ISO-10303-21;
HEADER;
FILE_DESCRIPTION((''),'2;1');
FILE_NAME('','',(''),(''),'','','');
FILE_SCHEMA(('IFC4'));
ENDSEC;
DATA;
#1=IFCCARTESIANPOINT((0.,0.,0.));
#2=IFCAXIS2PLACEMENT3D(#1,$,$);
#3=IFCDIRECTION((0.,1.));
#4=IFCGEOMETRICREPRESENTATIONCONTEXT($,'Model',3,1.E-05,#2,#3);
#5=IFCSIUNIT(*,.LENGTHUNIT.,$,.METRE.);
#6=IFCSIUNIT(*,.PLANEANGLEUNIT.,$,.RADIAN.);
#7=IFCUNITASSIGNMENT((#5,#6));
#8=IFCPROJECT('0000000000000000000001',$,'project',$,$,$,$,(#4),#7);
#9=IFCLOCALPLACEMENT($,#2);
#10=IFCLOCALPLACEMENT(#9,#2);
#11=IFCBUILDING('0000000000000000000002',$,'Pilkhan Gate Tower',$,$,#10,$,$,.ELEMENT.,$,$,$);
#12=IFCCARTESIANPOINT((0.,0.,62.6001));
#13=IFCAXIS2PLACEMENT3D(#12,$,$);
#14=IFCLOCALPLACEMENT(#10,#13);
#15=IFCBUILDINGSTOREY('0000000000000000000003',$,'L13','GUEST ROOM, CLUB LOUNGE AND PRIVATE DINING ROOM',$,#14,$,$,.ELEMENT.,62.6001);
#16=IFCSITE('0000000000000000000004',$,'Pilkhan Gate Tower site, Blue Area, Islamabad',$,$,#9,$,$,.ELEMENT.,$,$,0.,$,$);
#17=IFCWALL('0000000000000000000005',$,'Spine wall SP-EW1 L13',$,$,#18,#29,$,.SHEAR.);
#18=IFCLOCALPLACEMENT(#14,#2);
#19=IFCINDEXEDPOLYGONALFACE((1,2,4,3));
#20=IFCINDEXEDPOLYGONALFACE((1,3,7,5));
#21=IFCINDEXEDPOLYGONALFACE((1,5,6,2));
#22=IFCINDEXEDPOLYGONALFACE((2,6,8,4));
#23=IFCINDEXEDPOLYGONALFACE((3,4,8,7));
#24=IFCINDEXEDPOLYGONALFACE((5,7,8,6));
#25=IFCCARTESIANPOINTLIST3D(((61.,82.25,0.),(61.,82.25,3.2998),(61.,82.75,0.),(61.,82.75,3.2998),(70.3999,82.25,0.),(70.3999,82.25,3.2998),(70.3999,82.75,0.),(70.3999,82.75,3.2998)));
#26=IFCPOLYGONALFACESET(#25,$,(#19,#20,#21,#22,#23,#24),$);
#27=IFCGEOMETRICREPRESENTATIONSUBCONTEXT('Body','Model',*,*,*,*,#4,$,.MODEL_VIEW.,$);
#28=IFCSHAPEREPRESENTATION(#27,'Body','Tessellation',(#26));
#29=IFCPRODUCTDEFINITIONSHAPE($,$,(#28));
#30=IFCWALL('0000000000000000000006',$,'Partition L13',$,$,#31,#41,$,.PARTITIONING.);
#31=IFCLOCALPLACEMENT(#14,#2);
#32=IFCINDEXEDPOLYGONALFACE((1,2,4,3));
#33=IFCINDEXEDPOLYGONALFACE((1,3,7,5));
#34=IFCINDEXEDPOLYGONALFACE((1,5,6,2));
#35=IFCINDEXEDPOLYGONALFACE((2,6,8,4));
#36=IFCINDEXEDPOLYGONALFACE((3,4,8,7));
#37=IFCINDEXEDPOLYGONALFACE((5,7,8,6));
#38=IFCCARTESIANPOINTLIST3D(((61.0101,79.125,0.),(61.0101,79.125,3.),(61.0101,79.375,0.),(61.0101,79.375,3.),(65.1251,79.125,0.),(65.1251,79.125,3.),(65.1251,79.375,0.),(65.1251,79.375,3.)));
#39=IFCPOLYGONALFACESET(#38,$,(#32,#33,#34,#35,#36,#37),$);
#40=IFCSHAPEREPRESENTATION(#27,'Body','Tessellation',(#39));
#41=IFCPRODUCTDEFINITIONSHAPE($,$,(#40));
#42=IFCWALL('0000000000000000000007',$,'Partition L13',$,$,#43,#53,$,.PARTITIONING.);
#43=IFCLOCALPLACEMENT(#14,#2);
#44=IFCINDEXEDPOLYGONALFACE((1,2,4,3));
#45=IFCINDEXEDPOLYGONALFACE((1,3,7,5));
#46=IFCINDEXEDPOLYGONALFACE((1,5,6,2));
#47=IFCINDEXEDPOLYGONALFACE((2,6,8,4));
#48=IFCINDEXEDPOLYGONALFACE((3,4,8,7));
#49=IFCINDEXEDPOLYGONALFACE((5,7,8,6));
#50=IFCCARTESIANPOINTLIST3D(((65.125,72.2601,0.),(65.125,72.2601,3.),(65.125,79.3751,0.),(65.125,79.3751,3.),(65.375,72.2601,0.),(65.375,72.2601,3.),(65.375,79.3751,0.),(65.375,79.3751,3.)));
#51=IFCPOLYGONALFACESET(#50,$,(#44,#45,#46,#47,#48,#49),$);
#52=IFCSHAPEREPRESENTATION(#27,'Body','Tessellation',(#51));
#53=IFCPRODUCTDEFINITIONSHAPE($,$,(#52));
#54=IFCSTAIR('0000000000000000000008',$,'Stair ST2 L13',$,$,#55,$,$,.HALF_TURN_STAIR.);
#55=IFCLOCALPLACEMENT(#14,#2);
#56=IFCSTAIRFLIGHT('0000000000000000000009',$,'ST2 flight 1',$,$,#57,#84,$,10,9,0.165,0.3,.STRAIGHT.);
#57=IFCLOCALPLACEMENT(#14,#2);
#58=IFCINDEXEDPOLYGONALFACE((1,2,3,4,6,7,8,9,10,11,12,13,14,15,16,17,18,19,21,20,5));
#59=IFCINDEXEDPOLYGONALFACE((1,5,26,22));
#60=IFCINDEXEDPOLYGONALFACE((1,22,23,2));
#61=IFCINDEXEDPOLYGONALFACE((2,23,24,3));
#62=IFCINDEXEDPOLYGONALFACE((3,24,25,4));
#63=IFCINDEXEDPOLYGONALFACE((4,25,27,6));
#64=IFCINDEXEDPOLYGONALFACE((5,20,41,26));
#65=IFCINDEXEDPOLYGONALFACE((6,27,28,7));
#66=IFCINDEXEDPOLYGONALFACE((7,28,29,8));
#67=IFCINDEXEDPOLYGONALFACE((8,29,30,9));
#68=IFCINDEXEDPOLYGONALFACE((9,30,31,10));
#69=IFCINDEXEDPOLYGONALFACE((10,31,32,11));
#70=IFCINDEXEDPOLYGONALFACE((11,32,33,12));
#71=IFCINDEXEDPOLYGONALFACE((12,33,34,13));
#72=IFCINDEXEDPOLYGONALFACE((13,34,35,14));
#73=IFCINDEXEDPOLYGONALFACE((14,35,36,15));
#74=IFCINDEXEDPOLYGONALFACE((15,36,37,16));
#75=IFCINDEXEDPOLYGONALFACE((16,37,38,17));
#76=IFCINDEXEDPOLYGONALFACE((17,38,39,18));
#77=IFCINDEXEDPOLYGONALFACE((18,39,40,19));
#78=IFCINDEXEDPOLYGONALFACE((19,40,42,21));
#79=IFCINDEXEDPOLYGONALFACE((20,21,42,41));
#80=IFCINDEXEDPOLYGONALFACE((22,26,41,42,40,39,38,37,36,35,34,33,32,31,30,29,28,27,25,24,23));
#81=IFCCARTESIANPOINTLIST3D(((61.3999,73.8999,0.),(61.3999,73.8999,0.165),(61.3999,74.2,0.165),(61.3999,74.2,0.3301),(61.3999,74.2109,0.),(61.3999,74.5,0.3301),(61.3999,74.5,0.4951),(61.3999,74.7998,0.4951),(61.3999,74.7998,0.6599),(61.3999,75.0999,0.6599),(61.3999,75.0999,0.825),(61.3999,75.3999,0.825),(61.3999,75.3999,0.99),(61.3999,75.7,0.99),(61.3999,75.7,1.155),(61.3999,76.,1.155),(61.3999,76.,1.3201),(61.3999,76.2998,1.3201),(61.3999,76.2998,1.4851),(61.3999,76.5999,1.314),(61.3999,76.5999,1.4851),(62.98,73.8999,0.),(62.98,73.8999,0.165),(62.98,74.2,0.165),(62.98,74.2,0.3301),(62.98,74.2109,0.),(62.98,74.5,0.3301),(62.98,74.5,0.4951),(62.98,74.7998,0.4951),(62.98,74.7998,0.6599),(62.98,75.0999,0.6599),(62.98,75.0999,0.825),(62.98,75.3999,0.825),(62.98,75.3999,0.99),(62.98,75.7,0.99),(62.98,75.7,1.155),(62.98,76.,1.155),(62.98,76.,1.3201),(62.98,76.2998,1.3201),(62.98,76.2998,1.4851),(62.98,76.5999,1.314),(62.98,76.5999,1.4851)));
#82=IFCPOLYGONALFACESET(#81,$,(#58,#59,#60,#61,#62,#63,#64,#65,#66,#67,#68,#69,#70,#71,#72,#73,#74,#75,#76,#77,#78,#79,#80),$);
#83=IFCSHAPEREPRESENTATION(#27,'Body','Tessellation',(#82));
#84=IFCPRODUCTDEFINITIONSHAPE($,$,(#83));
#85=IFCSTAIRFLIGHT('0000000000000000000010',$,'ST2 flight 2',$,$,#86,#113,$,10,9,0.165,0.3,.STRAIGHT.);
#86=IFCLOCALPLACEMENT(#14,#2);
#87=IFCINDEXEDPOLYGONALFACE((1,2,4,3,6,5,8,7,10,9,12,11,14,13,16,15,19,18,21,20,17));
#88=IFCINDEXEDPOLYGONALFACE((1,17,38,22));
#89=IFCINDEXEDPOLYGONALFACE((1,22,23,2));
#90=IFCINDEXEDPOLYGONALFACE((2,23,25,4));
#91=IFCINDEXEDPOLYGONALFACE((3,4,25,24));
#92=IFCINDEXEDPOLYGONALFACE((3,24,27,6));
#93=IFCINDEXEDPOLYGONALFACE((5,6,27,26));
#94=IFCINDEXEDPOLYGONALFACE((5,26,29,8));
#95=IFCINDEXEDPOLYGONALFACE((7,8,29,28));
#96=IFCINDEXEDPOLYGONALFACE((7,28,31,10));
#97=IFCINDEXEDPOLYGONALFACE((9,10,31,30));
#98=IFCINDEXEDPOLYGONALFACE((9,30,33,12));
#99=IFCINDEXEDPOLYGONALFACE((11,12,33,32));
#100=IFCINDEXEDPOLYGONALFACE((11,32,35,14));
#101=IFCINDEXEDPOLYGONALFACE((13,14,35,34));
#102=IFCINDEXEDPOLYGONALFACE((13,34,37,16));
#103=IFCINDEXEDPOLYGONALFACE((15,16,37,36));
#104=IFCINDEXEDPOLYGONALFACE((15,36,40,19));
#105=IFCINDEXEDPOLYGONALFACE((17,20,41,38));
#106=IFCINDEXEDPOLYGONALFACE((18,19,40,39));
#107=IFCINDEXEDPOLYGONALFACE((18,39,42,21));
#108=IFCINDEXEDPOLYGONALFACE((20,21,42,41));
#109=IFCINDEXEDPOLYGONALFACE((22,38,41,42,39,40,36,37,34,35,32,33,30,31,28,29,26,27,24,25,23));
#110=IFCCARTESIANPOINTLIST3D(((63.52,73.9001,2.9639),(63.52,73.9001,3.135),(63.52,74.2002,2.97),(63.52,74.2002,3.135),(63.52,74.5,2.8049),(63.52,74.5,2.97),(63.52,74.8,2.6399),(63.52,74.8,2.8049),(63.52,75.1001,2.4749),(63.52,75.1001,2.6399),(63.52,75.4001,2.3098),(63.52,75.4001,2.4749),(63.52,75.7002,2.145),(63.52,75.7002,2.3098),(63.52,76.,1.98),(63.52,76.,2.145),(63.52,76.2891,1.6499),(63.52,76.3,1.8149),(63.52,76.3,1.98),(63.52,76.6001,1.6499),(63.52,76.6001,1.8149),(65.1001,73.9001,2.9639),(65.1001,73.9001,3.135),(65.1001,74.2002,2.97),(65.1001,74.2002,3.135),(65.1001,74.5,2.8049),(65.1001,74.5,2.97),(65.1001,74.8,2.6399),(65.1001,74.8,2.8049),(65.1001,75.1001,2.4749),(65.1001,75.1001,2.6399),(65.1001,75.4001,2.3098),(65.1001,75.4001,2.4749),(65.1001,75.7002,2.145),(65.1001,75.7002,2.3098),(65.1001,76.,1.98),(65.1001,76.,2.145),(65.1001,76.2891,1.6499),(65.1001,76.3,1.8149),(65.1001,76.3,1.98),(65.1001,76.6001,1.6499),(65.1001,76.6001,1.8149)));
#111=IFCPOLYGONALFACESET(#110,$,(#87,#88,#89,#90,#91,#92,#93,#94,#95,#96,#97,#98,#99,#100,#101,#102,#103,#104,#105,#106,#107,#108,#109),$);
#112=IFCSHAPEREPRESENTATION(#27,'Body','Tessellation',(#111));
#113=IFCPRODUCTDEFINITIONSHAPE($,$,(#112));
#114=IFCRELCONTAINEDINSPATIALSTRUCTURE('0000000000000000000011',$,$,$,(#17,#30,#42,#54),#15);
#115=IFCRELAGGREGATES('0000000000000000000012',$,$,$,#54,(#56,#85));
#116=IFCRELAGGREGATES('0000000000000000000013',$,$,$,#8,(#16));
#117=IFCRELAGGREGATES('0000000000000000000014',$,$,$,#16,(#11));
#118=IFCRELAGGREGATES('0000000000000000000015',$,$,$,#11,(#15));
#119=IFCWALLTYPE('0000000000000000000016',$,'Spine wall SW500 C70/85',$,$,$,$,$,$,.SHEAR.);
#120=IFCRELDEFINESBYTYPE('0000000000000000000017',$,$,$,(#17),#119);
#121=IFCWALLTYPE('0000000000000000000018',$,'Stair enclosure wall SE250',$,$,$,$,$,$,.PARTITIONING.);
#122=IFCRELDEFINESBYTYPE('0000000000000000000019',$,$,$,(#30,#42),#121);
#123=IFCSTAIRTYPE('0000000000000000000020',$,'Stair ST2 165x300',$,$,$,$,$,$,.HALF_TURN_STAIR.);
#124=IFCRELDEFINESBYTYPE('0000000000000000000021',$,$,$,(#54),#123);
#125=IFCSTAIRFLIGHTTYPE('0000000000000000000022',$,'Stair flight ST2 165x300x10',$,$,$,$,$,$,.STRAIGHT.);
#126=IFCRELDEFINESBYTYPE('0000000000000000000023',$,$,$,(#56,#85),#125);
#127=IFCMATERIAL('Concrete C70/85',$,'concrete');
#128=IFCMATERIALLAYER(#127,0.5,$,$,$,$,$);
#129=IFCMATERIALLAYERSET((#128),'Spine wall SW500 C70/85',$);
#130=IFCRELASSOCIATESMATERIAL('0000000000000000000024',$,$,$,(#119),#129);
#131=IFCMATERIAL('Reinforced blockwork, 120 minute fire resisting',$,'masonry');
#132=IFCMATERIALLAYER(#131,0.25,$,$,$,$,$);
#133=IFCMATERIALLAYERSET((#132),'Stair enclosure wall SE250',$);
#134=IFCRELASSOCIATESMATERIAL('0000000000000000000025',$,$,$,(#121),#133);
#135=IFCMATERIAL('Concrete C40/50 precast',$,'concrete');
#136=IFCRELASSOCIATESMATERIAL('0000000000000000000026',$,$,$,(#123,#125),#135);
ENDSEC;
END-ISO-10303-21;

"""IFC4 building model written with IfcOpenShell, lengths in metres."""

from ifc_helpers import new_model, si_unit, direction, frame, frame_2d, origin, place, context, subcontext, project, spatial, polyline, rectangle, outline, extrude, material, layer, layer_set, type_object, element, aggregate, save


model = new_model("IFC4")

# Units and contexts
model_context = context("Model", 3, precision=1e-05, world=origin(), true_north=direction((0.0, 1.0)))
body_context = subcontext(model_context, "Body", "Model", "MODEL_VIEW")
ifc_project = project(units=[si_unit("LENGTHUNIT", "METRE"), si_unit("PLANEANGLEUNIT", "RADIAN")], contexts=[model_context])

# Site, building, storey
site_placement = place(None, origin())
site = spatial("IfcSite", under=ifc_project, at=site_placement, Name="Pilkhan Gate Tower site, Blue Area, Islamabad", CompositionType="ELEMENT", RefElevation=0.0)
building_placement = place(site_placement, origin())
building = spatial("IfcBuilding", under=site, at=building_placement, Name="Pilkhan Gate Tower", CompositionType="ELEMENT")
storey_placement = place(building_placement, frame((0.0, 0.0, 62.6001)))
storey = spatial("IfcBuildingStorey", under=building, at=storey_placement, Name="L13", Description="GUEST ROOM, CLUB LOUNGE AND PRIVATE DINING ROOM", CompositionType="ELEMENT", Elevation=62.6001)

# Shared definitions
ifc_material_1 = material(Name="Concrete C70/85", Category="concrete")

# Walls
ifc_layer_1 = layer(ifc_material_1, 0.5)
ifc_layer_set_1 = layer_set([ifc_layer_1], Name="Spine wall SW500 C70/85")
wall_type_1 = type_object("IfcWallType", Name="Spine wall SW500 C70/85", PredefinedType="SHEAR", material=ifc_layer_set_1)
wall_1_placement = place(storey_placement, frame((61.0, 82.5, 0.0), z_axis=(0.0, 0.0, 1.0), x_axis=(1.0, 0.0, 0.0)))
element("IfcWall", 1, at=wall_1_placement, inside=storey, type_object=wall_type_1, Name="Spine wall SP-EW1 L13", PredefinedType="SHEAR", context=body_context, shape_type="SweptSolid", body=[
    extrude(rectangle(XDim=9.3999, YDim=0.5, at=frame_2d((4.7, 0.0))), origin(), (0.0, 0.0, 1.0), 3.2998),
])
ifc_material_2 = material(Name="Reinforced blockwork, 120 minute fire resisting", Category="masonry")
ifc_layer_2 = layer(ifc_material_2, 0.25)
ifc_layer_set_2 = layer_set([ifc_layer_2], Name="Stair enclosure wall SE250")
wall_type_2 = type_object("IfcWallType", Name="Stair enclosure wall SE250", PredefinedType="PARTITIONING", material=ifc_layer_set_2)
wall_2_placement = place(storey_placement, frame((61.01, 79.25, 0.0), z_axis=(0.0, 0.0, 1.0), x_axis=(1.0, 0.0, 0.0)))
element("IfcWall", 2, at=wall_2_placement, inside=storey, type_object=wall_type_2, Name="Partition L13", PredefinedType="PARTITIONING", context=body_context, shape_type="SweptSolid", body=[
    extrude(rectangle(XDim=4.115, YDim=0.25, at=frame_2d((2.0576, 0.0))), origin(), (0.0, 0.0, 1.0), 3.0),
])
wall_3_placement = place(storey_placement, frame((65.25, 72.26, 0.0), z_axis=(0.0, 0.0, 1.0), x_axis=(0.0, 1.0, 0.0)))
element("IfcWall", 3, at=wall_3_placement, inside=storey, type_object=wall_type_2, Name="Partition L13", PredefinedType="PARTITIONING", context=body_context, shape_type="SweptSolid", body=[
    extrude(rectangle(XDim=7.115, YDim=0.25, at=frame_2d((3.5576, 0.0))), origin(), (0.0, 0.0, 1.0), 3.0),
])

# Stair, stair flights
ifc_material_3 = material(Name="Concrete C40/50 precast", Category="concrete")
stair_type = type_object("IfcStairType", Name="Stair ST2 165x300", PredefinedType="HALF_TURN_STAIR", material=ifc_material_3)
stair_placement = place(storey_placement, origin())
stair = element("IfcStair", 4, at=stair_placement, inside=storey, type_object=stair_type, Name="Stair ST2 L13", PredefinedType="HALF_TURN_STAIR")
stair_flight_type = type_object("IfcStairFlightType", Name="Stair flight ST2 165x300x10", PredefinedType="STRAIGHT", material=ifc_material_3)
stair_flight_1_placement = place(storey_placement, frame((62.1899, 73.8999, 0.0), z_axis=(0.0, 0.0, 1.0), x_axis=(0.0, 1.0, 0.0)))
stair_flight_1 = element("IfcStairFlight", 5, at=stair_flight_1_placement, type_object=stair_flight_type, Name="ST2 flight 1", NumberOfRisers=10, NumberOfTreads=9, PredefinedType="STRAIGHT", RiserHeight=0.165, TreadLength=0.3, context=body_context, shape_type="SweptSolid", body=[
    extrude(outline(polyline([(0.0, 0.0), (0.0, 0.165), (0.3, 0.165), (0.3, 0.3301), (0.6001, 0.3301), (0.6001, 0.4951), (0.8999, 0.4951), (0.8999, 0.6599), (1.2, 0.6599), (1.2, 0.825), (1.5, 0.825), (1.5, 0.99), (1.8, 0.99), (1.8, 1.155), (2.1001, 1.155), (2.1001, 1.3201), (2.3999, 1.3201), (2.3999, 1.4851), (2.7, 1.4851), (2.7, 1.6499), (2.7, 1.314), (0.311, 0.0), (0.0, 0.0)])), frame((0.0, 0.79, 0.0), z_axis=(0.0, -1.0, 0.0), x_axis=(1.0, 0.0, 0.0)), (0.0, 0.0, 1.0), 1.5801),
])
stair_flight_2_placement = place(storey_placement, frame((64.3101, 76.6001, 1.6499), z_axis=(0.0, 0.0, 1.0), x_axis=(0.0, -1.0, 0.0)))
stair_flight_2 = element("IfcStairFlight", 6, at=stair_flight_2_placement, type_object=stair_flight_type, Name="ST2 flight 2", NumberOfRisers=10, NumberOfTreads=9, PredefinedType="STRAIGHT", RiserHeight=0.165, TreadLength=0.3, context=body_context, shape_type="SweptSolid", body=[
    extrude(outline(polyline([(0.0, 0.0), (0.0, 0.165), (0.3, 0.165), (0.3, 0.3301), (0.6001, 0.3301), (0.6001, 0.4951), (0.8999, 0.4951), (0.8999, 0.6599), (1.2, 0.6599), (1.2, 0.825), (1.5, 0.825), (1.5, 0.99), (1.8, 0.99), (1.8, 1.155), (2.1001, 1.155), (2.1001, 1.3201), (2.3999, 1.3201), (2.3999, 1.4851), (2.7, 1.4851), (2.7, 1.6499), (2.7, 1.314), (0.311, 0.0), (0.0, 0.0)])), frame((0.0, 0.79, 0.0), z_axis=(0.0, -1.0, 0.0), x_axis=(1.0, 0.0, 0.0)), (0.0, 0.0, 1.0), 1.5801),
])
aggregate(stair, [stair_flight_1, stair_flight_2])

save(model, "model.ifc")
